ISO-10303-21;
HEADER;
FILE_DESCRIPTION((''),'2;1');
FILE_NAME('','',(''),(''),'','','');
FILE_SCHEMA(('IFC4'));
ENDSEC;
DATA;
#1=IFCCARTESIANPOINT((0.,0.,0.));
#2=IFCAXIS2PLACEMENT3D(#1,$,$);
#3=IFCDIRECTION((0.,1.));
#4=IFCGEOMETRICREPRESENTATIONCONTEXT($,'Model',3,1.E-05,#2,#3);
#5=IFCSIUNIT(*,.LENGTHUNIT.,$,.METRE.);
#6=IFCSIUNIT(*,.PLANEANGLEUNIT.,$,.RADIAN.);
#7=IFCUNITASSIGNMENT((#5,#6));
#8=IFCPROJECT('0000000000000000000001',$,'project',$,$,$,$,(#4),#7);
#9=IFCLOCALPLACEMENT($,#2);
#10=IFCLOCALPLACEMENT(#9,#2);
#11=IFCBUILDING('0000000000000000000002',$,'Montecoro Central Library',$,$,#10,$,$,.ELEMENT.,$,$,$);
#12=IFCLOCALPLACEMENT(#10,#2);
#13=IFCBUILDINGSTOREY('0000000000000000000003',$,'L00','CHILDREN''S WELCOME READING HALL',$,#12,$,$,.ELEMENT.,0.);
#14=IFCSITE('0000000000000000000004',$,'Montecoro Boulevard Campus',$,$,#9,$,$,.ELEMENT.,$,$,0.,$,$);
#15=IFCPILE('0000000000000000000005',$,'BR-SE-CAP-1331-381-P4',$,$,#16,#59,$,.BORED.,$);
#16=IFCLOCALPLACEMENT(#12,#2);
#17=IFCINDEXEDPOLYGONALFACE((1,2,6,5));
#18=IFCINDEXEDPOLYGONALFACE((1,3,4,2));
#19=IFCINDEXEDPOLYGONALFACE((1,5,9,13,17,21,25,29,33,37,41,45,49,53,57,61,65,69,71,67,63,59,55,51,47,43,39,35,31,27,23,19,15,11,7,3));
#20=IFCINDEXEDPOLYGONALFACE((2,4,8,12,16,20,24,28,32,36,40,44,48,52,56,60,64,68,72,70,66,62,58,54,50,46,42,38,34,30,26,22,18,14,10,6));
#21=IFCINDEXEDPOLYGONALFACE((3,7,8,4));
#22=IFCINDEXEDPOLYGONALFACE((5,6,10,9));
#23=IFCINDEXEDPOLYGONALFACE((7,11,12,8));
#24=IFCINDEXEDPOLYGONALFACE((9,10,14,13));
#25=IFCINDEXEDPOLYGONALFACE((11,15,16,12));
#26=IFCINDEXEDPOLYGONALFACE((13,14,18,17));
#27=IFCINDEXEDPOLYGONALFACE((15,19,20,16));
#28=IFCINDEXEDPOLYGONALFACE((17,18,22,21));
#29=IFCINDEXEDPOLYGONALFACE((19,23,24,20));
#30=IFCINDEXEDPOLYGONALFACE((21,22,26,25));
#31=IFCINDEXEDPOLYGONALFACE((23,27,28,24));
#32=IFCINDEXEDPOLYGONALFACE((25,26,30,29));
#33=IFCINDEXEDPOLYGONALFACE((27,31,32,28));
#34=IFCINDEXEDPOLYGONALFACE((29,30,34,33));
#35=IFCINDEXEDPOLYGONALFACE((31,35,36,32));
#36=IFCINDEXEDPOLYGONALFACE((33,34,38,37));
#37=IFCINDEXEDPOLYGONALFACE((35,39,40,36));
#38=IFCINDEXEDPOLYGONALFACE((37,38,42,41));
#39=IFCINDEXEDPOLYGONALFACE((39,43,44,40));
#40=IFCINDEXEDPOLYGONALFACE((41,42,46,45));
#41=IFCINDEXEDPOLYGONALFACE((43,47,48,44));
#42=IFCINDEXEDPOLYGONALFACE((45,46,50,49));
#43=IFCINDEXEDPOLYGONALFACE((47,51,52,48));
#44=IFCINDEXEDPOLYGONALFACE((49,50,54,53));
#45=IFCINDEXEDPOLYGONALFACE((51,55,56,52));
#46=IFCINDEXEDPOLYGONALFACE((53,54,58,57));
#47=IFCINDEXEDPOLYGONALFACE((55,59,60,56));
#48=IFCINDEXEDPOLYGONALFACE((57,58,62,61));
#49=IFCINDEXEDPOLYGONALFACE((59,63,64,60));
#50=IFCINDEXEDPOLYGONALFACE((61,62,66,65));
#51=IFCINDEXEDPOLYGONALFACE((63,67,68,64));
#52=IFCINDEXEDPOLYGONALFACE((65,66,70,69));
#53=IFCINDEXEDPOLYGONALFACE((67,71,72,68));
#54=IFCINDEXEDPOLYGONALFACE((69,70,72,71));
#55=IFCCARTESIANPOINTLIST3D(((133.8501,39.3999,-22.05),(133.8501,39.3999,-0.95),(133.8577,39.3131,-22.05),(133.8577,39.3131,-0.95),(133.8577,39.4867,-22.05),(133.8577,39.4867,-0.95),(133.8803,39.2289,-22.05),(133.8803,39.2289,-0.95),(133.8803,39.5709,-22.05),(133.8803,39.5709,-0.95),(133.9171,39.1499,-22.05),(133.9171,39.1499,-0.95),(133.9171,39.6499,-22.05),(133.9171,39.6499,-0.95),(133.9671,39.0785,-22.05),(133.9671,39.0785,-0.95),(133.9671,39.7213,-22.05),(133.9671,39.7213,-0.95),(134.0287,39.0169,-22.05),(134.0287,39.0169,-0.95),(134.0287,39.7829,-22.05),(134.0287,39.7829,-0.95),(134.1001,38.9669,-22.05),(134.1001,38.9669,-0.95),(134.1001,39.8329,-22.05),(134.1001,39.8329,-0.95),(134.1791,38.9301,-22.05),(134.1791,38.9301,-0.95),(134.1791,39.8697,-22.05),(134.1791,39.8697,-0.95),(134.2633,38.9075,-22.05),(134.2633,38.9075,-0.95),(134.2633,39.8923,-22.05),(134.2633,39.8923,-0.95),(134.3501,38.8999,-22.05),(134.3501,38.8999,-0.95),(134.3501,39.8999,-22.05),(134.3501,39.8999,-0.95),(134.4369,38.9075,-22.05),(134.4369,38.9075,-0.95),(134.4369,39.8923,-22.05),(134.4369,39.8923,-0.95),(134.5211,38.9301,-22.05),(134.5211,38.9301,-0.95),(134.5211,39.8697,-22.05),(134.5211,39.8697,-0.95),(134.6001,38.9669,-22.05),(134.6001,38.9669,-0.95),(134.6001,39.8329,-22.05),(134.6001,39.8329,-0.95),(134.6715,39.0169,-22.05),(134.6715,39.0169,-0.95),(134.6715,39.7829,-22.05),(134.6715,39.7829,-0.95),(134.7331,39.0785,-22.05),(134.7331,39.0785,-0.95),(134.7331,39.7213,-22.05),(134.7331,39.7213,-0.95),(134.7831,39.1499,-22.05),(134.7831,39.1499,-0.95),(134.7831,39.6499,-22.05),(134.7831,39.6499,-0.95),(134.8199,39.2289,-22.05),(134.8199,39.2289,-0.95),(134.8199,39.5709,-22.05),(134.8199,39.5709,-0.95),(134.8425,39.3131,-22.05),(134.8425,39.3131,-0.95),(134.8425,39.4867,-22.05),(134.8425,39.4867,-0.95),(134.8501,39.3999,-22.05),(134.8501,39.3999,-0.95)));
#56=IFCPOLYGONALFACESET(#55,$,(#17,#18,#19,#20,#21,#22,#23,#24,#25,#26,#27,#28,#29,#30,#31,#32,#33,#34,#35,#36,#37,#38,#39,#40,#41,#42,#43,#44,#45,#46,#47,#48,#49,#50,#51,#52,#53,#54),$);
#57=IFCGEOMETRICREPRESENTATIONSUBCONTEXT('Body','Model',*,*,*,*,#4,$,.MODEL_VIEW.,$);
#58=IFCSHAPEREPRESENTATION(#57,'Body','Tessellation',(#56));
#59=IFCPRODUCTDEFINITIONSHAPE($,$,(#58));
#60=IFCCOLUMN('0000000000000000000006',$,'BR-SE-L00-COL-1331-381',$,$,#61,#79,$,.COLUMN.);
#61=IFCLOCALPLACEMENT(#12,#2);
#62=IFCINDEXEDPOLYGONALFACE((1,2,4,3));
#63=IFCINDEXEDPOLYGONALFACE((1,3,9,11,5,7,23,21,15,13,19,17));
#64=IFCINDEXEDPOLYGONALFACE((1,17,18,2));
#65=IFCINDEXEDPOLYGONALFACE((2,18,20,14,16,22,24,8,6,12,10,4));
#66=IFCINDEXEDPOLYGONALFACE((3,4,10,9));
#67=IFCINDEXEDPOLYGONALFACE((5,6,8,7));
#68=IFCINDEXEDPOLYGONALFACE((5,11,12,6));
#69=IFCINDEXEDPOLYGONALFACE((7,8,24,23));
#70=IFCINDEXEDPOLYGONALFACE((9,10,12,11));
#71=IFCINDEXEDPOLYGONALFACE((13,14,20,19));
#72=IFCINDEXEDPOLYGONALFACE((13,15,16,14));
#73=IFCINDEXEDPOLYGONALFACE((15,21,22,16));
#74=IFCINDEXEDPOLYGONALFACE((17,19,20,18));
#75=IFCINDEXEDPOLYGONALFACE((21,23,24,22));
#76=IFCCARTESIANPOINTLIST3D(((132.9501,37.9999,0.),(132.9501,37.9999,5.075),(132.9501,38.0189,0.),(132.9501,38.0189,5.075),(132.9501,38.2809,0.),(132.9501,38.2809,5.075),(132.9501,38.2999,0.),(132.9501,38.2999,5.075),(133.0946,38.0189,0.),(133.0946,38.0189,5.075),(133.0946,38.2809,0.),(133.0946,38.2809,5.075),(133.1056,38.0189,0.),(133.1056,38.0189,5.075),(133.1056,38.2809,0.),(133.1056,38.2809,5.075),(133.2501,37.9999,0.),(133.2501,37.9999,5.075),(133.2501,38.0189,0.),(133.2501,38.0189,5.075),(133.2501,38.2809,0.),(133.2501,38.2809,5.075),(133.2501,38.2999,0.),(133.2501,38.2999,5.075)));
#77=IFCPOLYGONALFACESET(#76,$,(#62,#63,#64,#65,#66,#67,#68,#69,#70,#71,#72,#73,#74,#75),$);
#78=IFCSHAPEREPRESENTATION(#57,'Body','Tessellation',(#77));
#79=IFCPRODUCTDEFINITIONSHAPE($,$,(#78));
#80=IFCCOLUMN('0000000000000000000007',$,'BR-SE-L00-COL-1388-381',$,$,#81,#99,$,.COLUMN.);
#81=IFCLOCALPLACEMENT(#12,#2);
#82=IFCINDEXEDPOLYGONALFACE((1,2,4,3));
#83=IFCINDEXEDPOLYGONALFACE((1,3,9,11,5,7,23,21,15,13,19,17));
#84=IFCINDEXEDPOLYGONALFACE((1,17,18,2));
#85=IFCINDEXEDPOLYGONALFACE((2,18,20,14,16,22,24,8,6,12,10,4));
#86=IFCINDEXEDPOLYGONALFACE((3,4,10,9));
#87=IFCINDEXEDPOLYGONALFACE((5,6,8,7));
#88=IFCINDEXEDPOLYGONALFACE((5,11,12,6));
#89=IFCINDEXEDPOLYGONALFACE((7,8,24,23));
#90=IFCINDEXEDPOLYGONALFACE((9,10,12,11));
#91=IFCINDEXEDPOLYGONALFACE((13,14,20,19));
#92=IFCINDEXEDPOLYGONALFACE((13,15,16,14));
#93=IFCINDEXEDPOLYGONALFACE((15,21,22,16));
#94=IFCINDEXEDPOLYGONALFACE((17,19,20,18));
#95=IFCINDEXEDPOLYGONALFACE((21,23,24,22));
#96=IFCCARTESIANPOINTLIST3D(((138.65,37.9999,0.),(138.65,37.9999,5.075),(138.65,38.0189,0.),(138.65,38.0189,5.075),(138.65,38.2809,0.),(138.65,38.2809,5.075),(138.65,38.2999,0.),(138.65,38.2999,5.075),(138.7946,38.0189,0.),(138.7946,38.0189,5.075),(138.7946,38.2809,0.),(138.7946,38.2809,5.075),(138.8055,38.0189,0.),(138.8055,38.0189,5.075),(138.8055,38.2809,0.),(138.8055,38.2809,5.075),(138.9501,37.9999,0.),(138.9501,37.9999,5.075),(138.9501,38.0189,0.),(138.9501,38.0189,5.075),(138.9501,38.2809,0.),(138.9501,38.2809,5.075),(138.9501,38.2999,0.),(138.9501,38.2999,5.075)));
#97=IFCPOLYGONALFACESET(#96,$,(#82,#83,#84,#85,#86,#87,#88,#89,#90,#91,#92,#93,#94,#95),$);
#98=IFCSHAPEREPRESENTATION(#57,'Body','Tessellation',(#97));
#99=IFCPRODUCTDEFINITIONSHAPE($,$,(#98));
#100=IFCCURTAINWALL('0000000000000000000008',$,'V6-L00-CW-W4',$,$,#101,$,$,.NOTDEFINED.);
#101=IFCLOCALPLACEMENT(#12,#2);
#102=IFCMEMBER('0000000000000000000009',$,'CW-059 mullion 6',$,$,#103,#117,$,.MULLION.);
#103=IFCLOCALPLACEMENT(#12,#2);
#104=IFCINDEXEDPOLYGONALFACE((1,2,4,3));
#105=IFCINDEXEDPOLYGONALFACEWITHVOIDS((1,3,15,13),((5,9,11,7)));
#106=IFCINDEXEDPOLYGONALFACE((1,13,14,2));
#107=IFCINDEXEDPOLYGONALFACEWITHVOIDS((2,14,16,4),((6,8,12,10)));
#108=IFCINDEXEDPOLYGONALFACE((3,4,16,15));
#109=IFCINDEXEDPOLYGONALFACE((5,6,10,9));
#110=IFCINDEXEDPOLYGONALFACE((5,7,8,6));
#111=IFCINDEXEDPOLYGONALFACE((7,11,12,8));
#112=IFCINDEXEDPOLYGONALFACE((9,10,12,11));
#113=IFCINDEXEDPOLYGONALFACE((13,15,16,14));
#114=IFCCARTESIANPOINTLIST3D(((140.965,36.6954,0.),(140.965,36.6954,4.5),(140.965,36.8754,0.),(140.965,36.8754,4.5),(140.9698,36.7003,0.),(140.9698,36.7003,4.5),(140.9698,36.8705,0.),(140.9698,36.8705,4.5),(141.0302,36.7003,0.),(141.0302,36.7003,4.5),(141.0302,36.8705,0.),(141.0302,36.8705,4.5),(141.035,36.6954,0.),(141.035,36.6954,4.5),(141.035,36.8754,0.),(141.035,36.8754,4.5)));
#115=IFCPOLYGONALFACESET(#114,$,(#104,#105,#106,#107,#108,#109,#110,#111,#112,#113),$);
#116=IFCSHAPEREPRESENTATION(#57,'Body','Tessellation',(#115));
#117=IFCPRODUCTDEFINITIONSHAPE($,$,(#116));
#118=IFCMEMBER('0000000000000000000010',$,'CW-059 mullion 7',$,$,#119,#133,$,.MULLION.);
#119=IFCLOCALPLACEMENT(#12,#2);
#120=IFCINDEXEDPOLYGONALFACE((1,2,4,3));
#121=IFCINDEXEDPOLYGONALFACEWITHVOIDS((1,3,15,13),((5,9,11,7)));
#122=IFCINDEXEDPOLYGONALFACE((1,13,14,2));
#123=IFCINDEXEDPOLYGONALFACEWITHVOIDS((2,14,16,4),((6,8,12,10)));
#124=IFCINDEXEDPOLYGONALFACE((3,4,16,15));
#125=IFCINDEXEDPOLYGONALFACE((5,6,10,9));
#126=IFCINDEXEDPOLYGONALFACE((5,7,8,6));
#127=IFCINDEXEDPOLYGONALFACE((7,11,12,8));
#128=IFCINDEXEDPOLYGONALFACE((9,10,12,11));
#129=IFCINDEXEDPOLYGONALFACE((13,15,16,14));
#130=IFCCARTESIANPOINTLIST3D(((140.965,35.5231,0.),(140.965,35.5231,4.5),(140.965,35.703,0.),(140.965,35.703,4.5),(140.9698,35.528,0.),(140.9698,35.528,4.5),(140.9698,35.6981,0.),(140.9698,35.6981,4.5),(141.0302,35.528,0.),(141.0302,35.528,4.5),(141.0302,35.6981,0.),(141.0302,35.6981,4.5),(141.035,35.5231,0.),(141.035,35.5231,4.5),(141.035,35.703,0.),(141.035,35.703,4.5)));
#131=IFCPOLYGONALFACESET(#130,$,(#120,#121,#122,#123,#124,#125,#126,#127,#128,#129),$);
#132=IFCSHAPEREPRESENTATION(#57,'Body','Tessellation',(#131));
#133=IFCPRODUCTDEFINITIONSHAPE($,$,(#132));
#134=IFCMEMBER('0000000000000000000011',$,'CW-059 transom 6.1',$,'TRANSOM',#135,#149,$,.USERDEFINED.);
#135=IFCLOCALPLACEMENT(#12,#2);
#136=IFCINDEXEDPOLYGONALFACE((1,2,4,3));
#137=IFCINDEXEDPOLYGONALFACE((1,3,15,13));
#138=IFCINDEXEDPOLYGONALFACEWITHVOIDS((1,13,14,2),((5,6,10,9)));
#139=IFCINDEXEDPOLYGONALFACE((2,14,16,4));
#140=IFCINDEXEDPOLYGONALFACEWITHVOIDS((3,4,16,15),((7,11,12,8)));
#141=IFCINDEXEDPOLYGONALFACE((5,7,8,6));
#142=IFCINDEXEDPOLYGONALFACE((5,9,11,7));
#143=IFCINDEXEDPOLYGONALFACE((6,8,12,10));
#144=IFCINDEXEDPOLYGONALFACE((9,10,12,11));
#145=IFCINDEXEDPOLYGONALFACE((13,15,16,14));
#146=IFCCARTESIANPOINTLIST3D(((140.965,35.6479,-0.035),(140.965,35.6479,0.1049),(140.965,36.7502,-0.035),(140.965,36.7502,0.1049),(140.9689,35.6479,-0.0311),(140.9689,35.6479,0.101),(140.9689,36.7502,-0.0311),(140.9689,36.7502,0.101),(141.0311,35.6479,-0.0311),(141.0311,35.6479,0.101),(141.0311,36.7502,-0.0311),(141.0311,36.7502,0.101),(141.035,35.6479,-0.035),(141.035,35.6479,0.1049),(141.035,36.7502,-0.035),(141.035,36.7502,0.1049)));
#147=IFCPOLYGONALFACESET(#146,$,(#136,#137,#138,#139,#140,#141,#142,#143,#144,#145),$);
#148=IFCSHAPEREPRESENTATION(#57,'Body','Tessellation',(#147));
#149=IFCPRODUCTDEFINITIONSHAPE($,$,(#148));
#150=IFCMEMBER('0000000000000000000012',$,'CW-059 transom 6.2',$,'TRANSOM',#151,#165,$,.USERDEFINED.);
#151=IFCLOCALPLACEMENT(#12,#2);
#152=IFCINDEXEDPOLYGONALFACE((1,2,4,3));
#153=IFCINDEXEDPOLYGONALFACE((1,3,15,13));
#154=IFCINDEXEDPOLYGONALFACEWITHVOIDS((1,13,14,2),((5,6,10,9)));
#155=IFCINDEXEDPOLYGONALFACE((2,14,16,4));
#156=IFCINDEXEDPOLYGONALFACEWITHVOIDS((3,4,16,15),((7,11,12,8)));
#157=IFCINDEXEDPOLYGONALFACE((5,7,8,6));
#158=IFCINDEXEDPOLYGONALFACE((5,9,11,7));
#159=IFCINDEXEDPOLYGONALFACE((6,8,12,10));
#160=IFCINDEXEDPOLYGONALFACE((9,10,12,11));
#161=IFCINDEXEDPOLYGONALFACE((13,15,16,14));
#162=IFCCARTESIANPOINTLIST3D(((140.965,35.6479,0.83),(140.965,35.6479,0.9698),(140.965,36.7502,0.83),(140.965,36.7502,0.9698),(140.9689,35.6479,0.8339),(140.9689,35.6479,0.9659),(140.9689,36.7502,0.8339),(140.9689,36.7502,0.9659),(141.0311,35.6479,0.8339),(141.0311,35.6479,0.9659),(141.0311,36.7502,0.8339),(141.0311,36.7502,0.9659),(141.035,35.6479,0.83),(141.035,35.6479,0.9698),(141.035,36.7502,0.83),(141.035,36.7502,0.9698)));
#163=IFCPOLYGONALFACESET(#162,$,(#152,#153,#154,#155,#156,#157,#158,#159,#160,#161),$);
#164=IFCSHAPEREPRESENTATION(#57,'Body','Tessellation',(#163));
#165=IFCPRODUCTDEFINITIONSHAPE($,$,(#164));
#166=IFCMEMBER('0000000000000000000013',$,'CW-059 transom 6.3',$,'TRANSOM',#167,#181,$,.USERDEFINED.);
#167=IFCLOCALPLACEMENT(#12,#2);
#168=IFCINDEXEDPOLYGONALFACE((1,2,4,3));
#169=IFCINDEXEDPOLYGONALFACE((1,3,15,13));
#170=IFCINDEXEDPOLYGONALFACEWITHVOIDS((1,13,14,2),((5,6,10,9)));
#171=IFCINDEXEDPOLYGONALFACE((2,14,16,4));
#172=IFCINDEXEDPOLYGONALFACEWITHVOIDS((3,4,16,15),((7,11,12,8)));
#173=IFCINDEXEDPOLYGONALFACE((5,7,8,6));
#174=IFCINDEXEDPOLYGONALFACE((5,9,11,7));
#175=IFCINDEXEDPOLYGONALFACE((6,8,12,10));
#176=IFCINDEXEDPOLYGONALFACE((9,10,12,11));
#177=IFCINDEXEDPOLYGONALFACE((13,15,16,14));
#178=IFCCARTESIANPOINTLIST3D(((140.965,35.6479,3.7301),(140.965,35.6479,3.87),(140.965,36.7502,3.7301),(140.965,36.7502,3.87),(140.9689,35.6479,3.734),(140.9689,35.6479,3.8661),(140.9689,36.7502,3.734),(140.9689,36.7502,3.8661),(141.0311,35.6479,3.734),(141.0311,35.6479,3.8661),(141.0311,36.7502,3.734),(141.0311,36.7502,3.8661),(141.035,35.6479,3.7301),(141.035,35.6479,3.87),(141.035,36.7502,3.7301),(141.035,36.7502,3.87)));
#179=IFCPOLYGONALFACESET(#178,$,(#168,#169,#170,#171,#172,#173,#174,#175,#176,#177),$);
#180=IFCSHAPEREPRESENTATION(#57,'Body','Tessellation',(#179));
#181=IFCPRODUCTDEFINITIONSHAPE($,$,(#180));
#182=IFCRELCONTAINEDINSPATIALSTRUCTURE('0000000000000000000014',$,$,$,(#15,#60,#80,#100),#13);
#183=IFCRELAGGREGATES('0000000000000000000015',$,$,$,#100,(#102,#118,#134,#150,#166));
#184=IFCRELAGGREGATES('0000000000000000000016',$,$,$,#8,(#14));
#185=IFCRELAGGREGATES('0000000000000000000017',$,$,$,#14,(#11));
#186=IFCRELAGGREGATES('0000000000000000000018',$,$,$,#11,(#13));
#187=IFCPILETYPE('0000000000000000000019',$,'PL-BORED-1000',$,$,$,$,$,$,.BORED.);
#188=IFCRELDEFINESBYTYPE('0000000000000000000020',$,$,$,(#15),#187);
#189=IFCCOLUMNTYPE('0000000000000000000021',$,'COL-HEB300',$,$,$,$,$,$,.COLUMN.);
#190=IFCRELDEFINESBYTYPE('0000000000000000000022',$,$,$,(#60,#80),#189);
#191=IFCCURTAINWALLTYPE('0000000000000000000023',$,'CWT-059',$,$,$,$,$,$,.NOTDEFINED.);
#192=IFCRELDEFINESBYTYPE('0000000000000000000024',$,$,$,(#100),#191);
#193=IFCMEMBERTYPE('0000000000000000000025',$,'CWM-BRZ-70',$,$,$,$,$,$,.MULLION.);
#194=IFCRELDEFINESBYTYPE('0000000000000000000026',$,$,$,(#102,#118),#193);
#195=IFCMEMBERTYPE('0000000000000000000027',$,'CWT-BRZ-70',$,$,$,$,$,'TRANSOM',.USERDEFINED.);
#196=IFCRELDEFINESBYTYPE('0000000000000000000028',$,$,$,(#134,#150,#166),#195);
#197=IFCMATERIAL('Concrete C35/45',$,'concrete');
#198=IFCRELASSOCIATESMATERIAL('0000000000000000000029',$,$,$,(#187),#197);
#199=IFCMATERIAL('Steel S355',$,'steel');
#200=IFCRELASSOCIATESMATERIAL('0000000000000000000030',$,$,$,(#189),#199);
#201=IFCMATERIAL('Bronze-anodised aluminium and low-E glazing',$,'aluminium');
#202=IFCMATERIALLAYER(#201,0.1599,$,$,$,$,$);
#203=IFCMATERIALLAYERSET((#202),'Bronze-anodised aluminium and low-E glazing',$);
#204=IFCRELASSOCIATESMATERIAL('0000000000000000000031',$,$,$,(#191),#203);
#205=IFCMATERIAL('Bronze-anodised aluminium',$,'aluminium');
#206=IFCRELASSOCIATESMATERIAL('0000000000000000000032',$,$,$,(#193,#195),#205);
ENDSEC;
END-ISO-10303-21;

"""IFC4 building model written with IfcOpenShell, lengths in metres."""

from ifc_helpers import new_model, si_unit, direction, frame, origin, origin_2d, place, context, subcontext, project, spatial, hollow_rectangle, circle, i_section, extrude, material, layer, layer_set, material_profile, profile_set, type_object, element, aggregate, save


model = new_model("IFC4")

# Units and contexts
model_context = context("Model", 3, precision=1e-05, world=origin(), true_north=direction((0.0, 1.0)))
body_context = subcontext(model_context, "Body", "Model", "MODEL_VIEW")
ifc_project = project(units=[si_unit("LENGTHUNIT", "METRE"), si_unit("PLANEANGLEUNIT", "RADIAN")], contexts=[model_context])

# Site, building, storey
site_placement = place(None, origin())
site = spatial("IfcSite", under=ifc_project, at=site_placement, Name="Montecoro Boulevard Campus", CompositionType="ELEMENT", RefElevation=0.0)
building_placement = place(site_placement, origin())
building = spatial("IfcBuilding", under=site, at=building_placement, Name="Montecoro Central Library", CompositionType="ELEMENT")
storey_placement = place(building_placement, origin())
storey = spatial("IfcBuildingStorey", under=building, at=storey_placement, Name="L00", Description="CHILDREN'S WELCOME READING HALL", CompositionType="ELEMENT", Elevation=0.0)

# Shared definitions
ifc_material_1 = material(Name="Concrete C35/45", Category="concrete")

# Pile
ifc_material_profile_1 = material_profile(ifc_material_1, circle(Radius=0.5, at=origin_2d()), Name="PILE D1000")
ifc_profile_set_1 = profile_set([ifc_material_profile_1], Name="Concrete C35/45")
pile_type = type_object("IfcPileType", Name="PL-BORED-1000", PredefinedType="BORED", material=ifc_profile_set_1)
for number, where, z_axis, x_axis, name in (
    (1, (134.3501, 39.3999, -0.95), (0.0, 0.0, -1.0), (1.0, 0.0, 0.0), "BR-SE-CAP-1331-381-P4"),
):
    element("IfcPile", number, at=place(storey_placement, frame(where, z_axis=z_axis, x_axis=x_axis)), inside=storey, type_object=pile_type, Name=name, PredefinedType="BORED", context=body_context, shape_type="SweptSolid", body=[
        extrude(circle(Radius=0.5, at=origin_2d()), origin(), (0.0, 0.0, 1.0), 21.1001),
    ])

# Columns
ifc_material_2 = material(Name="Steel S355", Category="steel")
ifc_material_profile_2 = material_profile(ifc_material_2, i_section(OverallWidth=0.3, OverallDepth=0.3, WebThickness=0.011, FlangeThickness=0.019, at=origin_2d()), Name="HEB 300")
ifc_profile_set_2 = profile_set([ifc_material_profile_2], Name="Steel S355")
column_type = type_object("IfcColumnType", Name="COL-HEB300", PredefinedType="COLUMN", material=ifc_profile_set_2)
for number, where, z_axis, x_axis, name in (
    (2, (133.1001, 38.1499, 0.0), (0.0, 0.0, 1.0), (1.0, 0.0, 0.0), "BR-SE-L00-COL-1331-381"),
    (3, (138.8, 38.1499, 0.0), (0.0, 0.0, 1.0), (1.0, 0.0, 0.0), "BR-SE-L00-COL-1388-381"),
):
    element("IfcColumn", number, at=place(storey_placement, frame(where, z_axis=z_axis, x_axis=x_axis)), inside=storey, type_object=column_type, Name=name, PredefinedType="COLUMN", context=body_context, shape_type="SweptSolid", body=[
        extrude(i_section(OverallWidth=0.3, OverallDepth=0.3, WebThickness=0.011, FlangeThickness=0.019, at=origin_2d()), origin(), (0.0, 0.0, 1.0), 5.075),
    ])

# Curtain wall, members
ifc_material_3 = material(Name="Bronze-anodised aluminium and low-E glazing", Category="aluminium")
ifc_layer_1 = layer(ifc_material_3, 0.1599)
ifc_layer_set_1 = layer_set([ifc_layer_1], Name="Bronze-anodised aluminium and low-E glazing")
curtain_wall_type = type_object("IfcCurtainWallType", Name="CWT-059", PredefinedType="NOTDEFINED", material=ifc_layer_set_1)
curtain_wall_placement = place(storey_placement, origin())
curtain_wall = element("IfcCurtainWall", 4, at=curtain_wall_placement, inside=storey, type_object=curtain_wall_type, Name="V6-L00-CW-W4", PredefinedType="NOTDEFINED")
ifc_material_4 = material(Name="Bronze-anodised aluminium", Category="aluminium")
ifc_material_profile_3 = material_profile(ifc_material_4, hollow_rectangle(XDim=0.0701, YDim=0.1799, WallThickness=0.0049, at=origin_2d()), Name="CWM 180x70x5.0")
ifc_profile_set_3 = profile_set([ifc_material_profile_3], Name="Bronze-anodised aluminium")
member_type_1 = type_object("IfcMemberType", Name="CWM-BRZ-70", PredefinedType="MULLION", material=ifc_profile_set_3)
member_1_placement = place(storey_placement, frame((141.0, 36.7854, 0.0), z_axis=(0.0, 0.0, 1.0), x_axis=(1.0, 0.0, 0.0)))
member_1 = element("IfcMember", 5, at=member_1_placement, type_object=member_type_1, Name="CW-059 mullion 6", PredefinedType="MULLION", context=body_context, shape_type="SweptSolid", body=[
    extrude(hollow_rectangle(XDim=0.0701, YDim=0.1799, WallThickness=0.0049, at=origin_2d()), origin(), (0.0, 0.0, 1.0), 4.5),
])
member_2_placement = place(storey_placement, frame((141.0, 35.613, 0.0), z_axis=(0.0, 0.0, 1.0), x_axis=(1.0, 0.0, 0.0)))
member_2 = element("IfcMember", 6, at=member_2_placement, type_object=member_type_1, Name="CW-059 mullion 7", PredefinedType="MULLION", context=body_context, shape_type="SweptSolid", body=[
    extrude(hollow_rectangle(XDim=0.0701, YDim=0.1799, WallThickness=0.0049, at=origin_2d()), origin(), (0.0, 0.0, 1.0), 4.5),
])
ifc_material_profile_4 = material_profile(ifc_material_4, hollow_rectangle(XDim=0.0701, YDim=0.1399, WallThickness=0.0039, at=origin_2d()), Name="CWT 140x70x4.0")
ifc_profile_set_4 = profile_set([ifc_material_profile_4], Name="Bronze-anodised aluminium")
member_type_2 = type_object("IfcMemberType", Name="CWT-BRZ-70", ElementType="TRANSOM", PredefinedType="USERDEFINED", material=ifc_profile_set_4)
member_3_placement = place(storey_placement, frame((141.0, 36.7502, 0.0349), z_axis=(0.0, -1.0, 0.0), x_axis=(1.0, 0.0, 0.0)))
member_3 = element("IfcMember", 7, at=member_3_placement, type_object=member_type_2, Name="CW-059 transom 6.1", ObjectType="TRANSOM", PredefinedType="USERDEFINED", context=body_context, shape_type="SweptSolid", body=[
    extrude(hollow_rectangle(XDim=0.0701, YDim=0.1399, WallThickness=0.0039, at=origin_2d()), origin(), (0.0, 0.0, 1.0), 1.1023),
])
member_4_placement = place(storey_placement, frame((141.0, 36.7502, 0.8999), z_axis=(0.0, -1.0, 0.0), x_axis=(1.0, 0.0, 0.0)))
member_4 = element("IfcMember", 8, at=member_4_placement, type_object=member_type_2, Name="CW-059 transom 6.2", ObjectType="TRANSOM", PredefinedType="USERDEFINED", context=body_context, shape_type="SweptSolid", body=[
    extrude(hollow_rectangle(XDim=0.0701, YDim=0.1399, WallThickness=0.0039, at=origin_2d()), origin(), (0.0, 0.0, 1.0), 1.1023),
])
member_5_placement = place(storey_placement, frame((141.0, 36.7502, 3.8), z_axis=(0.0, -1.0, 0.0), x_axis=(1.0, 0.0, 0.0)))
member_5 = element("IfcMember", 9, at=member_5_placement, type_object=member_type_2, Name="CW-059 transom 6.3", ObjectType="TRANSOM", PredefinedType="USERDEFINED", context=body_context, shape_type="SweptSolid", body=[
    extrude(hollow_rectangle(XDim=0.0701, YDim=0.1399, WallThickness=0.0039, at=origin_2d()), origin(), (0.0, 0.0, 1.0), 1.1023),
])
aggregate(curtain_wall, [member_1, member_2, member_3, member_4, member_5])

save(model, "model.ifc")
